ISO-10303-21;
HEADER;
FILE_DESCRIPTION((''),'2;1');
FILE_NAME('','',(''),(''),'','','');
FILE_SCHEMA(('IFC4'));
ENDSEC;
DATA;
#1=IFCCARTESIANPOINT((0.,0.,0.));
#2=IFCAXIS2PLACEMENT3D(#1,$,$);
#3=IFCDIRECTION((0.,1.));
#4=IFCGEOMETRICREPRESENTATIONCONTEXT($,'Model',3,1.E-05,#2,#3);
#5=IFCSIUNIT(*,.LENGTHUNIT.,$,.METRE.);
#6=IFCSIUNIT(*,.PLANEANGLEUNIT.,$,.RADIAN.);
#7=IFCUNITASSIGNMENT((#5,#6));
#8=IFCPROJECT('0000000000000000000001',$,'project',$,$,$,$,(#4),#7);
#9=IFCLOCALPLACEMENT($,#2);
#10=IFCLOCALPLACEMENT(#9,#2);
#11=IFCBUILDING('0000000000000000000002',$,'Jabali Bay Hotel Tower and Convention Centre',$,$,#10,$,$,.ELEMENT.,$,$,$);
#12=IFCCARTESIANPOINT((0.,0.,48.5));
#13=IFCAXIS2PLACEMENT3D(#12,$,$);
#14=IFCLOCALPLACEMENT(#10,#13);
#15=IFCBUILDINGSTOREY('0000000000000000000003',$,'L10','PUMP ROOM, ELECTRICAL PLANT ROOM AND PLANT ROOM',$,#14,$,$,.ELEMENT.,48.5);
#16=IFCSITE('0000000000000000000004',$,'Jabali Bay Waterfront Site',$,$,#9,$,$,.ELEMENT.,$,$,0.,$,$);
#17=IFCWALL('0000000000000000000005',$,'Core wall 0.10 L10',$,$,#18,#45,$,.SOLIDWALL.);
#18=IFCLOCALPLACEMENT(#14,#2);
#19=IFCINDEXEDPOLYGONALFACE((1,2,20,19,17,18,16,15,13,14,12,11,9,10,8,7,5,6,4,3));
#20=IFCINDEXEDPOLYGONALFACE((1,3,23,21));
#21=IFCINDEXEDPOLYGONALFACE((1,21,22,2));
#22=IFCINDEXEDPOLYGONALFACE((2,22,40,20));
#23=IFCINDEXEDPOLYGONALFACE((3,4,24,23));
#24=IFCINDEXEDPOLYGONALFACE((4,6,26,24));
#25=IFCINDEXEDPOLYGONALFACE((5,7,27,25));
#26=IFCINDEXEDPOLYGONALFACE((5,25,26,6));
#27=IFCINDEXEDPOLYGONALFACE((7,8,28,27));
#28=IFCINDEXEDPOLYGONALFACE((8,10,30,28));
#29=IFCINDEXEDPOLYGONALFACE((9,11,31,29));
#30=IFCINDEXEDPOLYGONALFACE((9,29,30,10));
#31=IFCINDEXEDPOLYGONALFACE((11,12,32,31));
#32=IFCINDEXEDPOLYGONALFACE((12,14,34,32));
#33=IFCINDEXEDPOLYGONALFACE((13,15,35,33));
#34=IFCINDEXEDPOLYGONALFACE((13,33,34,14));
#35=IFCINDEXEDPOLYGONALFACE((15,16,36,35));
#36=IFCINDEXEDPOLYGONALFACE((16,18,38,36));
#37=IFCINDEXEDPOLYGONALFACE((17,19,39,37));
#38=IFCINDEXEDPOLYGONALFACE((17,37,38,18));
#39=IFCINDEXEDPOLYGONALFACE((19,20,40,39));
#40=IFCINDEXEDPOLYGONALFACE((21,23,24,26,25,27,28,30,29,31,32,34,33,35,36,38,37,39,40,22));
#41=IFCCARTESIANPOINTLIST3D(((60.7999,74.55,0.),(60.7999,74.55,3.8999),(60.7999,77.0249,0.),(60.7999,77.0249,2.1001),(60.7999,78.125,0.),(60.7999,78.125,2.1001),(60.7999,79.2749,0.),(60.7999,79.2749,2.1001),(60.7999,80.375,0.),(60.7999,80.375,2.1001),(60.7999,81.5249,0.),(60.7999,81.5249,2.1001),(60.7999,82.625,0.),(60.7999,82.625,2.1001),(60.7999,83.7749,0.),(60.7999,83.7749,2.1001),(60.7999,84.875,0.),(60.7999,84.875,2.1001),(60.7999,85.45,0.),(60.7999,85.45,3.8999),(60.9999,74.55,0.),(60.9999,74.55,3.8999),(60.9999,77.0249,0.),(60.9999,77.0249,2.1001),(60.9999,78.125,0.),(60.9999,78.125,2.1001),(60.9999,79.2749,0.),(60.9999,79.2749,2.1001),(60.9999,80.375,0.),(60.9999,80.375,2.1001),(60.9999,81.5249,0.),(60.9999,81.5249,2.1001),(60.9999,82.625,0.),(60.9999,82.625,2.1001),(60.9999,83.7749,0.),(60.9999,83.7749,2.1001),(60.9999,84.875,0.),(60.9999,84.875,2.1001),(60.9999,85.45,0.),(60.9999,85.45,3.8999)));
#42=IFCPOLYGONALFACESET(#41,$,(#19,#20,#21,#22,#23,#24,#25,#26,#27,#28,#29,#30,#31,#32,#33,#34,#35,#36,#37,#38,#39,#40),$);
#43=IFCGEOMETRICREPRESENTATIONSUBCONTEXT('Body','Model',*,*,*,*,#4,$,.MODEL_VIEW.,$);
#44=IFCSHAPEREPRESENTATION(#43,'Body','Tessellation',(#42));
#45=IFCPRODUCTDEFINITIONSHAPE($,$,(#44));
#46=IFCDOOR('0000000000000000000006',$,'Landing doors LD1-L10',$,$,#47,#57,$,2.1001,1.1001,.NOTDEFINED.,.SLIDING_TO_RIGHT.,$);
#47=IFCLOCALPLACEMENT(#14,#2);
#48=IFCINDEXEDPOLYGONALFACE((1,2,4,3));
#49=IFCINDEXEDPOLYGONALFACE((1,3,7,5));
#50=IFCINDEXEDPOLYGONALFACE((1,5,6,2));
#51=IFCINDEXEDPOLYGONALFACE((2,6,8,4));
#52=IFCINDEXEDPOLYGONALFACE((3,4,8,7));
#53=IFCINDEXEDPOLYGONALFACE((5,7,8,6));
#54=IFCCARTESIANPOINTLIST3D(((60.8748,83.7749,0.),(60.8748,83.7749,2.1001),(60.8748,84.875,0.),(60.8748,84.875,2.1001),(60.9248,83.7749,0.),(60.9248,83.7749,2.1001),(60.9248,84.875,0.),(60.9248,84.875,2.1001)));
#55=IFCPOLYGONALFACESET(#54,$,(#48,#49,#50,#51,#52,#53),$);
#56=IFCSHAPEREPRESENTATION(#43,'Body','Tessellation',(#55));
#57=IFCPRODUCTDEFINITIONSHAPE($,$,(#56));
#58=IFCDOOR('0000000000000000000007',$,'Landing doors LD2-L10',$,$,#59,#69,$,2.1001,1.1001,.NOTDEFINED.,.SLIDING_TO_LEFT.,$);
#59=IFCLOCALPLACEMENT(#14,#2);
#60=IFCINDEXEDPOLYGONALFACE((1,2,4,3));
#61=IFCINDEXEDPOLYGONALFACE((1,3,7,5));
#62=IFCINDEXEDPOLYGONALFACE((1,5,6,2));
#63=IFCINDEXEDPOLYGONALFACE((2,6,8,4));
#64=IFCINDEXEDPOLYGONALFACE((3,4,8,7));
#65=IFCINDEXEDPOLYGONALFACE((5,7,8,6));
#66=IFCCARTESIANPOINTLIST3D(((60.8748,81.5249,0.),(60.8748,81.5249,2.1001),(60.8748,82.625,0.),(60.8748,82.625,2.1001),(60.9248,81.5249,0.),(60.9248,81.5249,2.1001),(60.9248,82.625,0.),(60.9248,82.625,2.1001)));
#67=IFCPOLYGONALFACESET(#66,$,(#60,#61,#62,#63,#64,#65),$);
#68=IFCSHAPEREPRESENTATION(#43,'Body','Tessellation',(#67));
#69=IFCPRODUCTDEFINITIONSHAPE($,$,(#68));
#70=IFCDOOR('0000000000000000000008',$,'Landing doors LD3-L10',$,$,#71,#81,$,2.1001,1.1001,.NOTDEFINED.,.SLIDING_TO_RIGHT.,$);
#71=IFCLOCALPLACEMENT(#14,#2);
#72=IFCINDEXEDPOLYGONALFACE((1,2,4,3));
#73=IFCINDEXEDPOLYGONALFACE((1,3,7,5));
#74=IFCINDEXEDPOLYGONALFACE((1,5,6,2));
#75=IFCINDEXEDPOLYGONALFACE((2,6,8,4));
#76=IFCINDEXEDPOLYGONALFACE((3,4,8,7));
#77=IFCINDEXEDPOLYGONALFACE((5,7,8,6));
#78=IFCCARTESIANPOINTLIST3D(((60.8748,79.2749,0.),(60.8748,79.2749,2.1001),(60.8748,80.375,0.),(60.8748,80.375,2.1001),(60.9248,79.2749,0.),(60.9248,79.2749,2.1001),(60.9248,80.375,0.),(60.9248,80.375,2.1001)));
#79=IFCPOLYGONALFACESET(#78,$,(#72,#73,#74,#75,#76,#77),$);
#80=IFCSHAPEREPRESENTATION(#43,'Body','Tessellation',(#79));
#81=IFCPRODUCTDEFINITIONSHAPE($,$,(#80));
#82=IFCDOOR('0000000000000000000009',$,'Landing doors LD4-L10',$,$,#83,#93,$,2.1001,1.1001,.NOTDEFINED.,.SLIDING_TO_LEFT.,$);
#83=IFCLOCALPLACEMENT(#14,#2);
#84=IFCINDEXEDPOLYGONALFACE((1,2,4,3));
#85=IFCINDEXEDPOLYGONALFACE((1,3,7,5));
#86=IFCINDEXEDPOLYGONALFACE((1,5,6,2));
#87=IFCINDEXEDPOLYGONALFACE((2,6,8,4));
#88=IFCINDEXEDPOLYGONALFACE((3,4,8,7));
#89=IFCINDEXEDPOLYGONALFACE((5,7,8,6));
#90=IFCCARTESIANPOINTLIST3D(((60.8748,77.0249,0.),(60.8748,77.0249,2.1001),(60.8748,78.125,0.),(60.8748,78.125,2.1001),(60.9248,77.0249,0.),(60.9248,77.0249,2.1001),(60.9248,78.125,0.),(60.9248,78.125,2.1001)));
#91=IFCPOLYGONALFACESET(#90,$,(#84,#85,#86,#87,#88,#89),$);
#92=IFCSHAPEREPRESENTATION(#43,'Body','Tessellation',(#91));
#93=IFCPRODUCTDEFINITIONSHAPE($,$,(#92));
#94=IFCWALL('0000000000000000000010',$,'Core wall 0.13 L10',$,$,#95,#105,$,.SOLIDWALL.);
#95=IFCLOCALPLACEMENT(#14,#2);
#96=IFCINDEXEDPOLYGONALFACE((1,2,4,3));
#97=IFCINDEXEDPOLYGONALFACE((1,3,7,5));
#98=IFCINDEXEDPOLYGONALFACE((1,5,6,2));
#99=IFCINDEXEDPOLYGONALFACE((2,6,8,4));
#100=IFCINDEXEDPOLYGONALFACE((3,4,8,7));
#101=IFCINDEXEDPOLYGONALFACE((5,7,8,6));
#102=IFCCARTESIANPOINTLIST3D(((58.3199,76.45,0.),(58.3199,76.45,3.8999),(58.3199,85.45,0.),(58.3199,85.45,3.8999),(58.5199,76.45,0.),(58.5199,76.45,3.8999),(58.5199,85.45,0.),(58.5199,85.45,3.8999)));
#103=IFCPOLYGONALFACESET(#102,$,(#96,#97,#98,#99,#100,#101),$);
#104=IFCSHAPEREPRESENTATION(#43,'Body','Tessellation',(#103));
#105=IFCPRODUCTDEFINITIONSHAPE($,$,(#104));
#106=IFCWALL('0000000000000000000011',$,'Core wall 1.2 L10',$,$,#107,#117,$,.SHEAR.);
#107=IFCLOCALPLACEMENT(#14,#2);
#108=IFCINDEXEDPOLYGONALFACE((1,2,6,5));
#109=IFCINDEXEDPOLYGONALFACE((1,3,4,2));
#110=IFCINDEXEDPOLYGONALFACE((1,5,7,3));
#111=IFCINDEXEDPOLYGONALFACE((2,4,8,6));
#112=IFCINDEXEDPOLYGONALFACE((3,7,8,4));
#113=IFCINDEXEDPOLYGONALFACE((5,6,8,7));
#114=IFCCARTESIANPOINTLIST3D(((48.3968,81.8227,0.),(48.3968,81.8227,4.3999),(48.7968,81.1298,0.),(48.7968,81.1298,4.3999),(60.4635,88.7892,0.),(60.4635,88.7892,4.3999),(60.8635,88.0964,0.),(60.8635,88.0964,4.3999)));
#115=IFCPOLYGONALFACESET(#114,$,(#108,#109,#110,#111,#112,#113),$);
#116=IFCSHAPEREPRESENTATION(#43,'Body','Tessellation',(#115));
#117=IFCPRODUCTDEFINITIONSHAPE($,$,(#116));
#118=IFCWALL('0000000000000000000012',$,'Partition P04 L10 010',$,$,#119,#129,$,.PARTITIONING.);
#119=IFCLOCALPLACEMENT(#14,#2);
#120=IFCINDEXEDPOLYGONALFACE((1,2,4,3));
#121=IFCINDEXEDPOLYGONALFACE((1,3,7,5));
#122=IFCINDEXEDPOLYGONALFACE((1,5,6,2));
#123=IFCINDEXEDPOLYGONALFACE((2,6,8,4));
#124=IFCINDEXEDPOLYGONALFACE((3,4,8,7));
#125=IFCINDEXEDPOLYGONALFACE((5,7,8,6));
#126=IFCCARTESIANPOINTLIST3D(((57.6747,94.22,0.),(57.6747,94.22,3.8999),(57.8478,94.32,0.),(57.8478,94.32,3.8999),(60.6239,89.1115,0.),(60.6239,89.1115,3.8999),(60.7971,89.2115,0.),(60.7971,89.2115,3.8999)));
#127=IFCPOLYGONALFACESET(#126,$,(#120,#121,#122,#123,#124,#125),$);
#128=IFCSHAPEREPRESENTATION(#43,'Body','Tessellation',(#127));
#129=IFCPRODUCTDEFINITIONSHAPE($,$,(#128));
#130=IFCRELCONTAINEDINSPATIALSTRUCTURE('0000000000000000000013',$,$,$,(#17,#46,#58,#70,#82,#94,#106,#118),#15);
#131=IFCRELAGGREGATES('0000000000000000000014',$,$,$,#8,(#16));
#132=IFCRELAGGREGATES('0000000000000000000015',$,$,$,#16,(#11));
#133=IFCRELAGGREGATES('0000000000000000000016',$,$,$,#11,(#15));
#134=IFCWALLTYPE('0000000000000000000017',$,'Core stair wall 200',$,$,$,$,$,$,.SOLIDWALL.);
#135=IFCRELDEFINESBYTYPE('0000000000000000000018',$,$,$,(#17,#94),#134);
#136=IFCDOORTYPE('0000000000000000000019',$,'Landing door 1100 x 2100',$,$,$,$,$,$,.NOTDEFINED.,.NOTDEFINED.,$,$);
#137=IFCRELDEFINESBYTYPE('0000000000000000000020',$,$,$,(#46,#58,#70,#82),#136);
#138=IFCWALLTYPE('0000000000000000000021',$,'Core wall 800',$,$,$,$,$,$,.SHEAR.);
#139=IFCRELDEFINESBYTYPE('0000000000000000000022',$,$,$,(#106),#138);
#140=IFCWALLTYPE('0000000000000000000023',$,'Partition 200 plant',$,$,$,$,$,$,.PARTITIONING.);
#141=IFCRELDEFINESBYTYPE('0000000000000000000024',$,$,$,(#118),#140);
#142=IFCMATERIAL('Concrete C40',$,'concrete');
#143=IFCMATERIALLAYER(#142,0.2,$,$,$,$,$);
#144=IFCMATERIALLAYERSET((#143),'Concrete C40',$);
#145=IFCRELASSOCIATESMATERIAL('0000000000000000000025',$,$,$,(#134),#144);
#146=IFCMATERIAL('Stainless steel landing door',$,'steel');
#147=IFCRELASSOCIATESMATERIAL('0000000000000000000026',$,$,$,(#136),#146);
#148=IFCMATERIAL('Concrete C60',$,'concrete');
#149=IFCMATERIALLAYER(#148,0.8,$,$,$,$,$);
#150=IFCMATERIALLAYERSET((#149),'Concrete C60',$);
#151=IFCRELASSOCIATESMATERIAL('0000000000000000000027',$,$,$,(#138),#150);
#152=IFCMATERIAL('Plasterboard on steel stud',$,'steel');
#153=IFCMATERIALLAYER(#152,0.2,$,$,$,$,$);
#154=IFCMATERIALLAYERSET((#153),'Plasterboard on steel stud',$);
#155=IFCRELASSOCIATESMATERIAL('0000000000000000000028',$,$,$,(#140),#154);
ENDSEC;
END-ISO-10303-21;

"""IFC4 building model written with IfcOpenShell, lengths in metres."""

from ifc_helpers import new_model, si_unit, direction, frame, frame_2d, origin, place, context, subcontext, project, spatial, rectangle, extrude, material, layer, layer_set, type_object, element, fill, save


model = new_model("IFC4")

# Units and contexts
model_context = context("Model", 3, precision=1e-05, world=origin(), true_north=direction((0.0, 1.0)))
body_context = subcontext(model_context, "Body", "Model", "MODEL_VIEW")
ifc_project = project(units=[si_unit("LENGTHUNIT", "METRE"), si_unit("PLANEANGLEUNIT", "RADIAN")], contexts=[model_context])

# Site, building, storey
site_placement = place(None, origin())
site = spatial("IfcSite", under=ifc_project, at=site_placement, Name="Jabali Bay Waterfront Site", CompositionType="ELEMENT", RefElevation=0.0)
building_placement = place(site_placement, origin())
building = spatial("IfcBuilding", under=site, at=building_placement, Name="Jabali Bay Hotel Tower and Convention Centre", CompositionType="ELEMENT")
storey_placement = place(building_placement, frame((0.0, 0.0, 48.5)))
storey = spatial("IfcBuildingStorey", under=building, at=storey_placement, Name="L10", Description="PUMP ROOM, ELECTRICAL PLANT ROOM AND PLANT ROOM", CompositionType="ELEMENT", Elevation=48.5)

# Shared definitions
ifc_material_1 = material(Name="Concrete C40", Category="concrete")

# Shared definitions
ifc_layer_1 = layer(ifc_material_1, 0.2)
ifc_layer_set_1 = layer_set([ifc_layer_1], Name="Concrete C40")
wall_type_1 = type_object("IfcWallType", Name="Core stair wall 200", PredefinedType="SOLIDWALL", material=ifc_layer_set_1)

# Wall, openings, doors
wall_1_placement = place(storey_placement, frame((60.8999, 85.45, 0.0), z_axis=(0.0, 0.0, 1.0), x_axis=(0.0, -1.0, 0.0)))
wall_1 = element("IfcWall", 1, at=wall_1_placement, inside=storey, type_object=wall_type_1, Name="Core wall 0.10 L10", PredefinedType="SOLIDWALL", context=body_context, shape_type="SweptSolid", body=[
    extrude(rectangle(XDim=10.8999, YDim=0.2, at=frame_2d((5.45, 0.0))), origin(), (0.0, 0.0, 1.0), 3.8999),
])
opening_1_placement = place(wall_1_placement, frame((0.575, 0.0, 0.0)))
opening_1 = element("IfcOpeningElement", 2, at=opening_1_placement, cuts=wall_1, PredefinedType="OPENING", context=body_context, shape_type="SweptSolid", body=[
    extrude(rectangle(XDim=1.1001, YDim=2.1001, at=frame_2d((0.55, 1.05))), frame((0.0, 0.1104, 0.0), z_axis=(0.0, -1.0, 0.0), x_axis=(1.0, 0.0, 0.0)), (0.0, 0.0, 1.0), 0.2209),
])
opening_2_placement = place(wall_1_placement, frame((2.825, 0.0, 0.0)))
opening_2 = element("IfcOpeningElement", 3, at=opening_2_placement, cuts=wall_1, PredefinedType="OPENING", context=body_context, shape_type="SweptSolid", body=[
    extrude(rectangle(XDim=1.1001, YDim=2.1001, at=frame_2d((0.55, 1.05))), frame((0.0, 0.1104, 0.0), z_axis=(0.0, -1.0, 0.0), x_axis=(1.0, 0.0, 0.0)), (0.0, 0.0, 1.0), 0.2209),
])
opening_3_placement = place(wall_1_placement, frame((5.075, 0.0, 0.0)))
opening_3 = element("IfcOpeningElement", 4, at=opening_3_placement, cuts=wall_1, PredefinedType="OPENING", context=body_context, shape_type="SweptSolid", body=[
    extrude(rectangle(XDim=1.1001, YDim=2.1001, at=frame_2d((0.55, 1.05))), frame((0.0, 0.1104, 0.0), z_axis=(0.0, -1.0, 0.0), x_axis=(1.0, 0.0, 0.0)), (0.0, 0.0, 1.0), 0.2209),
])
opening_4_placement = place(wall_1_placement, frame((7.325, 0.0, 0.0)))
opening_4 = element("IfcOpeningElement", 5, at=opening_4_placement, cuts=wall_1, PredefinedType="OPENING", context=body_context, shape_type="SweptSolid", body=[
    extrude(rectangle(XDim=1.1001, YDim=2.1001, at=frame_2d((0.55, 1.05))), frame((0.0, 0.1104, 0.0), z_axis=(0.0, -1.0, 0.0), x_axis=(1.0, 0.0, 0.0)), (0.0, 0.0, 1.0), 0.2209),
])
ifc_material_2 = material(Name="Stainless steel landing door", Category="steel")
door_type_1 = type_object("IfcDoorType", Name="Landing door 1100 x 2100", OperationType="NOTDEFINED", PredefinedType="NOTDEFINED", material=ifc_material_2)
door_1_placement = place(opening_1_placement, origin())
door_1 = element("IfcDoor", 6, at=door_1_placement, inside=storey, type_object=door_type_1, Name="Landing doors LD1-L10", OperationType="SLIDING_TO_RIGHT", OverallHeight=2.1001, OverallWidth=1.1001, PredefinedType="NOTDEFINED", context=body_context, shape_type="SweptSolid", body=[
    extrude(rectangle(XDim=1.1001, YDim=2.1001, at=frame_2d((0.55, 1.05))), frame((0.0, 0.0249, 0.0), z_axis=(0.0, -1.0, 0.0), x_axis=(1.0, 0.0, 0.0)), (0.0, 0.0, 1.0), 0.05),
])
fill(opening_1, door_1)
door_2_placement = place(opening_2_placement, origin())
door_2 = element("IfcDoor", 7, at=door_2_placement, inside=storey, type_object=door_type_1, Name="Landing doors LD2-L10", OperationType="SLIDING_TO_LEFT", OverallHeight=2.1001, OverallWidth=1.1001, PredefinedType="NOTDEFINED", context=body_context, shape_type="SweptSolid", body=[
    extrude(rectangle(XDim=1.1001, YDim=2.1001, at=frame_2d((0.55, 1.05))), frame((0.0, 0.0249, 0.0), z_axis=(0.0, -1.0, 0.0), x_axis=(1.0, 0.0, 0.0)), (0.0, 0.0, 1.0), 0.05),
])
fill(opening_2, door_2)
door_3_placement = place(opening_3_placement, origin())
door_3 = element("IfcDoor", 8, at=door_3_placement, inside=storey, type_object=door_type_1, Name="Landing doors LD3-L10", OperationType="SLIDING_TO_RIGHT", OverallHeight=2.1001, OverallWidth=1.1001, PredefinedType="NOTDEFINED", context=body_context, shape_type="SweptSolid", body=[
    extrude(rectangle(XDim=1.1001, YDim=2.1001, at=frame_2d((0.55, 1.05))), frame((0.0, 0.0249, 0.0), z_axis=(0.0, -1.0, 0.0), x_axis=(1.0, 0.0, 0.0)), (0.0, 0.0, 1.0), 0.05),
])
fill(opening_3, door_3)
door_4_placement = place(opening_4_placement, origin())
door_4 = element("IfcDoor", 9, at=door_4_placement, inside=storey, type_object=door_type_1, Name="Landing doors LD4-L10", OperationType="SLIDING_TO_LEFT", OverallHeight=2.1001, OverallWidth=1.1001, PredefinedType="NOTDEFINED", context=body_context, shape_type="SweptSolid", body=[
    extrude(rectangle(XDim=1.1001, YDim=2.1001, at=frame_2d((0.55, 1.05))), frame((0.0, 0.0249, 0.0), z_axis=(0.0, -1.0, 0.0), x_axis=(1.0, 0.0, 0.0)), (0.0, 0.0, 1.0), 0.05),
])
fill(opening_4, door_4)

# Walls
wall_2_placement = place(storey_placement, frame((58.4199, 85.45, 0.0), z_axis=(0.0, 0.0, 1.0), x_axis=(0.0, -1.0, 0.0)))
element("IfcWall", 10, at=wall_2_placement, inside=storey, type_object=wall_type_1, Name="Core wall 0.13 L10", PredefinedType="SOLIDWALL", context=body_context, shape_type="SweptSolid", body=[
    extrude(rectangle(XDim=9.0, YDim=0.2, at=frame_2d((4.5, 0.0))), origin(), (0.0, 0.0, 1.0), 3.8999),
])
ifc_material_3 = material(Name="Concrete C60", Category="concrete")
ifc_layer_2 = layer(ifc_material_3, 0.8)
ifc_layer_set_2 = layer_set([ifc_layer_2], Name="Concrete C60")
wall_type_2 = type_object("IfcWallType", Name="Core wall 800", PredefinedType="SHEAR", material=ifc_layer_set_2)
wall_3_placement = place(storey_placement, frame((60.6636, 88.4429, 0.0), z_axis=(0.0, 0.0, 1.0), x_axis=(-0.866029, -0.499993, 0.0)))
element("IfcWall", 11, at=wall_3_placement, inside=storey, type_object=wall_type_2, Name="Core wall 1.2 L10", PredefinedType="SHEAR", context=body_context, shape_type="SweptSolid", body=[
    extrude(rectangle(XDim=13.9333, YDim=0.8, at=frame_2d((6.9668, 0.0))), origin(), (0.0, 0.0, 1.0), 4.3999),
])
ifc_material_4 = material(Name="Plasterboard on steel stud", Category="steel")
ifc_layer_3 = layer(ifc_material_4, 0.2)
ifc_layer_set_3 = layer_set([ifc_layer_3], Name="Plasterboard on steel stud")
wall_type_3 = type_object("IfcWallType", Name="Partition 200 plant", PredefinedType="PARTITIONING", material=ifc_layer_set_3)
wall_4_placement = place(storey_placement, frame((60.7104, 89.1616, 0.0), z_axis=(0.0, 0.0, 1.0), x_axis=(-0.499985, 0.866034, 0.0)))
element("IfcWall", 12, at=wall_4_placement, inside=storey, type_object=wall_type_3, Name="Partition P04 L10 010", PredefinedType="PARTITIONING", context=body_context, shape_type="SweptSolid", body=[
    extrude(rectangle(XDim=5.8987, YDim=0.2, at=frame_2d((2.9492, 0.0))), origin(), (0.0, 0.0, 1.0), 3.8999),
])

save(model, "model.ifc")
